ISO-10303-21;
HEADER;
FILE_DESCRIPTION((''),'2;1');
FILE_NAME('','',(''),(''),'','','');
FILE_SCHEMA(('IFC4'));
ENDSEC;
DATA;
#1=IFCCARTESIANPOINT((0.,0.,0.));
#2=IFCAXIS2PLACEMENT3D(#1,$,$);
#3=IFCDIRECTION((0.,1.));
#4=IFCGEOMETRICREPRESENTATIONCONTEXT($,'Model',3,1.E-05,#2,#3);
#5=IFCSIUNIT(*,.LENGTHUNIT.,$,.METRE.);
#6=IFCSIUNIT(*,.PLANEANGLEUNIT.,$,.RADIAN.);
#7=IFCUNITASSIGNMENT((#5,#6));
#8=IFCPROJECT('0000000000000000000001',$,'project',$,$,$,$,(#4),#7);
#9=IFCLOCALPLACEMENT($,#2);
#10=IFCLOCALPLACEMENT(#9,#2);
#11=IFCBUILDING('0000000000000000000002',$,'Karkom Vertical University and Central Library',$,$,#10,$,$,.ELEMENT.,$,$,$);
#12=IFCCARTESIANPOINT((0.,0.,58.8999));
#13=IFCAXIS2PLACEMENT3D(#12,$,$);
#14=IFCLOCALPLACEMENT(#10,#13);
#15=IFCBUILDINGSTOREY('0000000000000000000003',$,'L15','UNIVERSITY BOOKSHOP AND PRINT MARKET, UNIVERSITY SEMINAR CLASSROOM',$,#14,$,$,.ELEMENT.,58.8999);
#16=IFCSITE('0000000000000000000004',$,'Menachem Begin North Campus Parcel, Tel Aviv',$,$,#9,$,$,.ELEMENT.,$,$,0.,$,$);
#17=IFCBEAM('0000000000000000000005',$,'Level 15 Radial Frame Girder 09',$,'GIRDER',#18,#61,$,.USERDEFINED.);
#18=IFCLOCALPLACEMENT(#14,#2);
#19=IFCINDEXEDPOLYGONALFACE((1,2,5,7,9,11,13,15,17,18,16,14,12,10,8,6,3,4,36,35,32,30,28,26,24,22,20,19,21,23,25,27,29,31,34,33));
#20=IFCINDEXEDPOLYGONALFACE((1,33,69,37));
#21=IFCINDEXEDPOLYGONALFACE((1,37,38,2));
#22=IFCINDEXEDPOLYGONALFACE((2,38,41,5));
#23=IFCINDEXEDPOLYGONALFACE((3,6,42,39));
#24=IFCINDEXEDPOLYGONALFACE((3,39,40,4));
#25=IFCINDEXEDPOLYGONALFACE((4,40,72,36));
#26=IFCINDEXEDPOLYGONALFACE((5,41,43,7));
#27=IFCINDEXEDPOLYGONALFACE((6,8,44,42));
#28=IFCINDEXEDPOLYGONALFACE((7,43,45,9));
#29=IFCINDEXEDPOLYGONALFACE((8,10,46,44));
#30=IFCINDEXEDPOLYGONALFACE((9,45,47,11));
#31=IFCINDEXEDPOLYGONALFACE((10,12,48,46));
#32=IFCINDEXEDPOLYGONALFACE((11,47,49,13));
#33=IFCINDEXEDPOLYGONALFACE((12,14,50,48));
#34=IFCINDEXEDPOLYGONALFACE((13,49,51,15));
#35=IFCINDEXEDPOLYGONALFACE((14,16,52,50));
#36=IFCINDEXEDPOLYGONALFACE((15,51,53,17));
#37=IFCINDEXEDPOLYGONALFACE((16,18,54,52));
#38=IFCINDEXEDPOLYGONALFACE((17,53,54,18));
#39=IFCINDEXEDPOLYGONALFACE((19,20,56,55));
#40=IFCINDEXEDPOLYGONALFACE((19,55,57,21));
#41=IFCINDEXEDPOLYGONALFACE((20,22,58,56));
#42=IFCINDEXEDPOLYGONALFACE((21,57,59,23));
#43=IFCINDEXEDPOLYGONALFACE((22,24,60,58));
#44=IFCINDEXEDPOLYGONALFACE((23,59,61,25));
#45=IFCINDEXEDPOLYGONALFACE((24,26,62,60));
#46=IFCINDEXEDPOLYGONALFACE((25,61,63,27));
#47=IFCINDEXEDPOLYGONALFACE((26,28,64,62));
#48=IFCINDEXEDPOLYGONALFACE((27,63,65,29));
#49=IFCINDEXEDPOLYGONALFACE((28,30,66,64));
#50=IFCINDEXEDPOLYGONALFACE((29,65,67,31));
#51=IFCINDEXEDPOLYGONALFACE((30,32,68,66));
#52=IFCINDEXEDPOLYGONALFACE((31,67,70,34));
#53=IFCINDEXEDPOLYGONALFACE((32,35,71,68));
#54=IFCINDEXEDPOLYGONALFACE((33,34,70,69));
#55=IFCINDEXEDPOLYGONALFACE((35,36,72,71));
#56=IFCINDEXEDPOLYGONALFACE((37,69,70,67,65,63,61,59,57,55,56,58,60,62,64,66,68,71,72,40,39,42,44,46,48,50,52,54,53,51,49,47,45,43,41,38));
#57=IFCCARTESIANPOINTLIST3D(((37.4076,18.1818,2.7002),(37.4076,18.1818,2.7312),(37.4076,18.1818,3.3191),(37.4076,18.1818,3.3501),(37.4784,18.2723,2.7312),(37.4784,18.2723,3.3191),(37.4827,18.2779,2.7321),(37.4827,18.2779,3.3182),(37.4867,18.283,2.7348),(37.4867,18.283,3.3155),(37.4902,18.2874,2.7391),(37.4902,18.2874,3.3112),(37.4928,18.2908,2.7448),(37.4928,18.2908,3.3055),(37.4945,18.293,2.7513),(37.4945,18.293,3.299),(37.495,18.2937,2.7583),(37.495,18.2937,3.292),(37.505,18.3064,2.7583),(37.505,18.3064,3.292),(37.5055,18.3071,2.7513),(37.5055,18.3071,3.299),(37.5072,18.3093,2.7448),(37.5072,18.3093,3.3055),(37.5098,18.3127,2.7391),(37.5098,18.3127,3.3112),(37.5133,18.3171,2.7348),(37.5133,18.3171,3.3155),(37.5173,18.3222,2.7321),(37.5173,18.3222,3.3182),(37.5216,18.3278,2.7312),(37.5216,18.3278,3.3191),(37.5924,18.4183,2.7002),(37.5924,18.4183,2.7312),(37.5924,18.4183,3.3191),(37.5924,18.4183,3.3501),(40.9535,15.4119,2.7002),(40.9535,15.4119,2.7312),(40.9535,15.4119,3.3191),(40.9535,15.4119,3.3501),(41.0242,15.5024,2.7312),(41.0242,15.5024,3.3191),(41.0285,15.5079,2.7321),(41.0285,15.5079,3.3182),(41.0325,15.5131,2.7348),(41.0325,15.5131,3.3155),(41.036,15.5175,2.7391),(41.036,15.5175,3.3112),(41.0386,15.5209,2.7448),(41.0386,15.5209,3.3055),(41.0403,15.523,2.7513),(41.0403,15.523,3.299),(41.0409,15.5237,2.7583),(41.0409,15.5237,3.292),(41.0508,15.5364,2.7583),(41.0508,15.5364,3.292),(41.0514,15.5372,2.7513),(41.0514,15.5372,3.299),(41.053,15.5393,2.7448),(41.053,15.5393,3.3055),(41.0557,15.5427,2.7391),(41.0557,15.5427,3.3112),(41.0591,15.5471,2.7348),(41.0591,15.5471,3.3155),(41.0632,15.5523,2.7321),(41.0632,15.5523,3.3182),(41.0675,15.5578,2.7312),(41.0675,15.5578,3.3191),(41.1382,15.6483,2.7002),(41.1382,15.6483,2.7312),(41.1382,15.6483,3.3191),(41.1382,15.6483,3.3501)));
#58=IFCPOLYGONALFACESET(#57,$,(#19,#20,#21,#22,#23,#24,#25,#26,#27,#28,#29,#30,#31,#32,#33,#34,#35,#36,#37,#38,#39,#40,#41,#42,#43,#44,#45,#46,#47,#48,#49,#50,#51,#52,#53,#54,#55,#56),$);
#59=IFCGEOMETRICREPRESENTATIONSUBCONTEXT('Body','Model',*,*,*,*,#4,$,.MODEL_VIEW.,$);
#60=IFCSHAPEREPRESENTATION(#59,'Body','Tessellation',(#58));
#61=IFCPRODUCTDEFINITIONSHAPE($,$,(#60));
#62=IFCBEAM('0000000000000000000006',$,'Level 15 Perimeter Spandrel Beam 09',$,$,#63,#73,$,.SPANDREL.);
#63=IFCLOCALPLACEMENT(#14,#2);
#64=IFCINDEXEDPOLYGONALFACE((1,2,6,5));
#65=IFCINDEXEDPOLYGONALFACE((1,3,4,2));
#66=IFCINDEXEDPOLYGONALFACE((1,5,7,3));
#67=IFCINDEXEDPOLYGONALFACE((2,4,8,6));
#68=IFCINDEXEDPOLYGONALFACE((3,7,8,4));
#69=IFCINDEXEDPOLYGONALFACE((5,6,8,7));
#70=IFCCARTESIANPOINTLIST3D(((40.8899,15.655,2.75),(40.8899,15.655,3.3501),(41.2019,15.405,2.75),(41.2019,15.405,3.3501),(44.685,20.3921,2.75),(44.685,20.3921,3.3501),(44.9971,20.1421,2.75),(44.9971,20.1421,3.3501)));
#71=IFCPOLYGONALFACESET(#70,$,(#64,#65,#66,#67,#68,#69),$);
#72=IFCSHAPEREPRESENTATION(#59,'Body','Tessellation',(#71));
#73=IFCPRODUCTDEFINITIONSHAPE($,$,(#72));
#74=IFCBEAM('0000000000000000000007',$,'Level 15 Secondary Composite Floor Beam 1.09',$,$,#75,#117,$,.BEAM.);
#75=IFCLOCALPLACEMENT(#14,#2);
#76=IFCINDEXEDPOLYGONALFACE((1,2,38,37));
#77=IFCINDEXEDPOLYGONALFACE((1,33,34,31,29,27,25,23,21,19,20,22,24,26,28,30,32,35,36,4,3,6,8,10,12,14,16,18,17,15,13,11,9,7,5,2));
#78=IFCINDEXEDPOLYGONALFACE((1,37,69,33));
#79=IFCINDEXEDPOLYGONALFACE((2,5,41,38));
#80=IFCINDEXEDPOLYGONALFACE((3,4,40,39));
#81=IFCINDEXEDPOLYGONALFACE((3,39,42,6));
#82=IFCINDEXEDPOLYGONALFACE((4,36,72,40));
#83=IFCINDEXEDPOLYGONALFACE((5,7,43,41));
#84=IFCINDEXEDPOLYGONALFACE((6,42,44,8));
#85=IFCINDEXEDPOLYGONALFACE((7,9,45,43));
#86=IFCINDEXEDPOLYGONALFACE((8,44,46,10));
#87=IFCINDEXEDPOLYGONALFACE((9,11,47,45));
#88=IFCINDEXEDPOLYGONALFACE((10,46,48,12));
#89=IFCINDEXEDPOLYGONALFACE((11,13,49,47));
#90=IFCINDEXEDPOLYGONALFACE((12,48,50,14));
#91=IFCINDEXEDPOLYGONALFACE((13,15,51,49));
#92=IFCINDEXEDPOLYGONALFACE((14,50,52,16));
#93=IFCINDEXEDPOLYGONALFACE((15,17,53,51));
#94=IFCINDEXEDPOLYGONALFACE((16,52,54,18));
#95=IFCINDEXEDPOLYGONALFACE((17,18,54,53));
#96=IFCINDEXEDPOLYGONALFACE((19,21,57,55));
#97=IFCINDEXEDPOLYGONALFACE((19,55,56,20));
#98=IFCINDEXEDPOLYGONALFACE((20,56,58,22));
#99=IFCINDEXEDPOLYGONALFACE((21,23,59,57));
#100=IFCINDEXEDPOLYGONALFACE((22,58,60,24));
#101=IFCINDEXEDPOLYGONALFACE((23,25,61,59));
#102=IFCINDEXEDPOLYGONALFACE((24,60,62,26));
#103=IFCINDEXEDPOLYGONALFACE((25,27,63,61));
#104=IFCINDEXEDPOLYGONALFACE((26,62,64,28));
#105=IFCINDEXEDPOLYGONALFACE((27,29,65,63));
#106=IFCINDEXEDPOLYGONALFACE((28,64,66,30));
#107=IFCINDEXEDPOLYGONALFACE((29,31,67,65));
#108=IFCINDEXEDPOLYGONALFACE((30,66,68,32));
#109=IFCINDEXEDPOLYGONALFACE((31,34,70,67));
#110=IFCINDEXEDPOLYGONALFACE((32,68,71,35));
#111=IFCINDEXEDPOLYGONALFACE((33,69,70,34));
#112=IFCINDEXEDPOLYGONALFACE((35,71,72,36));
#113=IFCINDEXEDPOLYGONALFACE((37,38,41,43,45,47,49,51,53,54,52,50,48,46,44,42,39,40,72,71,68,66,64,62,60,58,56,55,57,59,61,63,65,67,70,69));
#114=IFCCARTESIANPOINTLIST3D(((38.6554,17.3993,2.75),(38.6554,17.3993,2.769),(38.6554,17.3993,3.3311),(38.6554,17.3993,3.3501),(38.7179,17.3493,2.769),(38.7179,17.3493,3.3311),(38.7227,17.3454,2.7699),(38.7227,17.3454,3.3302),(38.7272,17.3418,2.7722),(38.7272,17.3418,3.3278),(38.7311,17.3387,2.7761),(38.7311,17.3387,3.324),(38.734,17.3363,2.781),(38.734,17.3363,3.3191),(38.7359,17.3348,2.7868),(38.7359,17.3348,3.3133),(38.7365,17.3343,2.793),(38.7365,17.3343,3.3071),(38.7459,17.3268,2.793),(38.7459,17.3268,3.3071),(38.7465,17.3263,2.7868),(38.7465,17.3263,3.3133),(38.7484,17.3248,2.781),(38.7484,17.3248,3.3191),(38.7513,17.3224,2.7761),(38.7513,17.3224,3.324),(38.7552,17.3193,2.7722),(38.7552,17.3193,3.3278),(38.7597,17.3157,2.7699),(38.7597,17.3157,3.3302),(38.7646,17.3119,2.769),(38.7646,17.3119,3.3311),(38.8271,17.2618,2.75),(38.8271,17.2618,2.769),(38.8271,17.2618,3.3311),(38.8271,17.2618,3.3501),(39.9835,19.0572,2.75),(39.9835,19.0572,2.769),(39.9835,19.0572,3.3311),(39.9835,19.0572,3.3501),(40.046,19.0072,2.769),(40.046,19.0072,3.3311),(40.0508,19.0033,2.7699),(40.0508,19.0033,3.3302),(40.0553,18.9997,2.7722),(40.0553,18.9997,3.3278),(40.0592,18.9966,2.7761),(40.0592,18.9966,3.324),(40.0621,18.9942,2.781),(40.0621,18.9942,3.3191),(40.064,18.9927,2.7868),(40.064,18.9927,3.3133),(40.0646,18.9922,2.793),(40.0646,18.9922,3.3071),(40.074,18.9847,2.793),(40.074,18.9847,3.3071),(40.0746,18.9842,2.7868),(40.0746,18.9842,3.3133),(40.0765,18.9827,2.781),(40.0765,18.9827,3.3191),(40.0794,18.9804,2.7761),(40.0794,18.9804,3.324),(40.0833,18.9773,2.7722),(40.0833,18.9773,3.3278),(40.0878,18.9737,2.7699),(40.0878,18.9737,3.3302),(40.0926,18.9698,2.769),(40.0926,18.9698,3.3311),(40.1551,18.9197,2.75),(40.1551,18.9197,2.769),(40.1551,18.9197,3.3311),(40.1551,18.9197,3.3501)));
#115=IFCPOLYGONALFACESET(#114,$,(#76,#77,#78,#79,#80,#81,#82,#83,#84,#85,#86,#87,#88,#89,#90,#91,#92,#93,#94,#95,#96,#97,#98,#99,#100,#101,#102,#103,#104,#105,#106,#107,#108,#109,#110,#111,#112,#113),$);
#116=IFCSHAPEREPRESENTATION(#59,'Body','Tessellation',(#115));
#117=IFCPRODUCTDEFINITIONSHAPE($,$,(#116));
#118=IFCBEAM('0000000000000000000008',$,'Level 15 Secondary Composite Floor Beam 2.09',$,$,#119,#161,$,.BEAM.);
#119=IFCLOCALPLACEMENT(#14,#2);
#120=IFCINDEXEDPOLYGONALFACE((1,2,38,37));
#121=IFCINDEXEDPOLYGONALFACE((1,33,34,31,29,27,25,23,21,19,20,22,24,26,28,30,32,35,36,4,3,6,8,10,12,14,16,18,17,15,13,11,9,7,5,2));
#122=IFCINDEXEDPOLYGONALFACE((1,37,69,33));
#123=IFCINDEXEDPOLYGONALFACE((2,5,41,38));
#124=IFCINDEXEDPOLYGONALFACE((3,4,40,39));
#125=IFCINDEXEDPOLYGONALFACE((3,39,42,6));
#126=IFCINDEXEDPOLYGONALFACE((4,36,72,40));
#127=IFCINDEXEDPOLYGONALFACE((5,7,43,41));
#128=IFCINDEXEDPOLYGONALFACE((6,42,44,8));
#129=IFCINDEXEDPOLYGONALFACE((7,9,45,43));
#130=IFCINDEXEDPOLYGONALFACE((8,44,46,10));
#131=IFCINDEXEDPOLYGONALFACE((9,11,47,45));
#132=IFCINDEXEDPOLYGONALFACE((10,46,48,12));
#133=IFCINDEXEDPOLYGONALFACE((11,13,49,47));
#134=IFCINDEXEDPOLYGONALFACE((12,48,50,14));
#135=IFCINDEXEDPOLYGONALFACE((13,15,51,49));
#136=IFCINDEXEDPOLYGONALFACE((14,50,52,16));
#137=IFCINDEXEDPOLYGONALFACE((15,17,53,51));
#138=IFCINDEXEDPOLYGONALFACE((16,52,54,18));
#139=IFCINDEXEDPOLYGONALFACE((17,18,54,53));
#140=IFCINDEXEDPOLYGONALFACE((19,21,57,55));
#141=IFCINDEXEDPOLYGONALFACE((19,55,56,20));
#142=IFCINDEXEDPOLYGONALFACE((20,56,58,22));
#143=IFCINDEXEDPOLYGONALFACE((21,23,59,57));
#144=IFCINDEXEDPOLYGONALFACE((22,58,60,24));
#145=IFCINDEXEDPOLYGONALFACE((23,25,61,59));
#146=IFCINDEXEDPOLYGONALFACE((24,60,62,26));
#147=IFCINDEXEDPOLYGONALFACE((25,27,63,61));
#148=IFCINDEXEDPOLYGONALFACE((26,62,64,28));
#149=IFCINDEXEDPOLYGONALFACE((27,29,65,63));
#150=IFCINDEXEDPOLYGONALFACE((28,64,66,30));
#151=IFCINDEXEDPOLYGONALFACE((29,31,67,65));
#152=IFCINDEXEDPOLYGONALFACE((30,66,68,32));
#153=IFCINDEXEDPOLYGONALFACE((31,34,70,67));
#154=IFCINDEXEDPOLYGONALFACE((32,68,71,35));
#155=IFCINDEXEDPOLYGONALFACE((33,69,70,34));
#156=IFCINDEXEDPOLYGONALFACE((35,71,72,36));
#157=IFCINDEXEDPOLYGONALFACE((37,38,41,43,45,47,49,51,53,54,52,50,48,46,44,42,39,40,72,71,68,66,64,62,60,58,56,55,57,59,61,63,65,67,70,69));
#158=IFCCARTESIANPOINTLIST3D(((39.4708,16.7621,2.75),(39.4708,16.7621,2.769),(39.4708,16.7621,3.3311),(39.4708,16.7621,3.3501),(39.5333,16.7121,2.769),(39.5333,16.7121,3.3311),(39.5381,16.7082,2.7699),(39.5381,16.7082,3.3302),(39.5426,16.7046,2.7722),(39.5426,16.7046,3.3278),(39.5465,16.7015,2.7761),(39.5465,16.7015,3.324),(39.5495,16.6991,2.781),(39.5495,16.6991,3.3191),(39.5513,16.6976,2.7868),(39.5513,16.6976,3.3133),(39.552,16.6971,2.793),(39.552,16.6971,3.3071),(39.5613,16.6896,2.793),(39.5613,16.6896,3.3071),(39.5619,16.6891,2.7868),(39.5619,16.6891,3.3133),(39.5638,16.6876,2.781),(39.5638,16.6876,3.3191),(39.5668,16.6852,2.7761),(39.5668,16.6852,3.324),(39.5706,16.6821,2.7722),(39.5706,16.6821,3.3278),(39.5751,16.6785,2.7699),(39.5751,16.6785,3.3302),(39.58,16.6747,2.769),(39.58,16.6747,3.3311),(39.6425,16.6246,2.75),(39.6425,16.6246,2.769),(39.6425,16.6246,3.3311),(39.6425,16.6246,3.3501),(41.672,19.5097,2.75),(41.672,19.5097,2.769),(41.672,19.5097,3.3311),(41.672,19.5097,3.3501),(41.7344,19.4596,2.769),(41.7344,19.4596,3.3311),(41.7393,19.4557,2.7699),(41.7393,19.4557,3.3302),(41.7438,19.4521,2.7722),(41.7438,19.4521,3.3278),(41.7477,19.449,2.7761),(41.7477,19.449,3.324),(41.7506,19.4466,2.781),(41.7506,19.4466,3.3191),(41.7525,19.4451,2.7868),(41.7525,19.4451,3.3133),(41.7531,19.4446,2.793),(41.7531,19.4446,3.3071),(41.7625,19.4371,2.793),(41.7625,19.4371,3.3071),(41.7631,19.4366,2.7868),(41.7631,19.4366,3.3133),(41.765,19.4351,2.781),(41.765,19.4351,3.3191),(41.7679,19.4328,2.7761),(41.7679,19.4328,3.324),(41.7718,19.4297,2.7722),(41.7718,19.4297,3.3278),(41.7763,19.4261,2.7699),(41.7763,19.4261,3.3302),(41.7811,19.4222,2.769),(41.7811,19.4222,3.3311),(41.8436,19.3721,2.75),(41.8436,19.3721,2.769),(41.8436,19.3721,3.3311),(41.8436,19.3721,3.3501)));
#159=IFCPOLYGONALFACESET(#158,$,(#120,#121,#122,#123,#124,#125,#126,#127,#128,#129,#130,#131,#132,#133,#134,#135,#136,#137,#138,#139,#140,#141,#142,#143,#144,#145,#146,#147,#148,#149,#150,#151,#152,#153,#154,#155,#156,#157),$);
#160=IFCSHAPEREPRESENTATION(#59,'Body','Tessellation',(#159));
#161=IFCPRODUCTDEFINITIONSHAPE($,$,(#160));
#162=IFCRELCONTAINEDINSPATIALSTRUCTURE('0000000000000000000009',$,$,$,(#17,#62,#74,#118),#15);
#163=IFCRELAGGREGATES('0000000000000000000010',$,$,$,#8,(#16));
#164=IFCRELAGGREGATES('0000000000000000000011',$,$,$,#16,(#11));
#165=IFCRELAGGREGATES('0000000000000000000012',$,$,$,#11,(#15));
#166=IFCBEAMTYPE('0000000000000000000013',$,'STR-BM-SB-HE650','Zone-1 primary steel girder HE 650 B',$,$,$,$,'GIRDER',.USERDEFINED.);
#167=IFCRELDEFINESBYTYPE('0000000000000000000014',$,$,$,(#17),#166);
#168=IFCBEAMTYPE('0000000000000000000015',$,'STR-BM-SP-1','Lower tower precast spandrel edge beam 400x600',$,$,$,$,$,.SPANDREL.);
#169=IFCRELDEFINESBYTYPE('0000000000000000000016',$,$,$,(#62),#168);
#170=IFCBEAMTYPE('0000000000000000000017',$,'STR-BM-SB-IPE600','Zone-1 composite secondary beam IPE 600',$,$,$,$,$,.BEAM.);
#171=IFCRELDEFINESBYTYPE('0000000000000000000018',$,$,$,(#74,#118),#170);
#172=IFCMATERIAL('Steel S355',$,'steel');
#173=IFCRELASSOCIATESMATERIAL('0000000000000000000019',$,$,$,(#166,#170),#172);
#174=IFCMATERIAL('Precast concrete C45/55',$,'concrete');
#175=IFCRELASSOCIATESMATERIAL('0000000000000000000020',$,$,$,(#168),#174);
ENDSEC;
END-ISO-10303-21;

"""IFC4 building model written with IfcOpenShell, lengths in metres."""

from ifc_helpers import new_model, si_unit, direction, frame, origin, origin_with_axes, origin_2d, place, context, subcontext, project, spatial, rectangle, i_section, extrude, source, transform, mapped, material, material_profile, profile_set, type_object, element, save


model = new_model("IFC4")

# Units and contexts
model_context = context("Model", 3, precision=1e-05, world=origin(), true_north=direction((0.0, 1.0)))
body_context = subcontext(model_context, "Body", "Model", "MODEL_VIEW")
ifc_project = project(units=[si_unit("LENGTHUNIT", "METRE"), si_unit("PLANEANGLEUNIT", "RADIAN")], contexts=[model_context])

# Site, building, storey
site_placement = place(None, origin())
site = spatial("IfcSite", under=ifc_project, at=site_placement, Name="Menachem Begin North Campus Parcel, Tel Aviv", CompositionType="ELEMENT", RefElevation=0.0)
building_placement = place(site_placement, origin())
building = spatial("IfcBuilding", under=site, at=building_placement, Name="Karkom Vertical University and Central Library", CompositionType="ELEMENT")
storey_placement = place(building_placement, frame((0.0, 0.0, 58.8999)))
storey = spatial("IfcBuildingStorey", under=building, at=storey_placement, Name="L15", Description="UNIVERSITY BOOKSHOP AND PRINT MARKET, UNIVERSITY SEMINAR CLASSROOM", CompositionType="ELEMENT", Elevation=58.8999)

# Beams
ifc_material_1 = material(Name="Steel S355", Category="steel")
ifc_material_profile_1 = material_profile(ifc_material_1, i_section(OverallWidth=0.3, OverallDepth=0.6499, WebThickness=0.0161, FlangeThickness=0.031, FilletRadius=0.0271, at=origin_2d()), Name="HE 650 B")
ifc_profile_set_1 = profile_set([ifc_material_profile_1], Name="Steel S355")
beam_type_1 = type_object("IfcBeamType", Name="STR-BM-SB-HE650", Description="Zone-1 primary steel girder HE 650 B", ElementType="GIRDER", PredefinedType="USERDEFINED", material=ifc_profile_set_1)
shared_shape_1 = source(origin_with_axes(), body_context, "Body", "SweptSolid", [
    extrude(i_section(OverallWidth=0.3, OverallDepth=0.6499, WebThickness=0.0161, FlangeThickness=0.031, FilletRadius=0.0271, at=origin_2d()), origin(), (0.0, 0.0, 1.0), 4.4995),
])
beam_1_placement = place(storey_placement, frame((37.5, 18.3, 3.0251), z_axis=(0.788047, -0.615615, 0.0), x_axis=(0.615615, 0.788047, 0.0)))
element("IfcBeam", 1, at=beam_1_placement, inside=storey, type_object=beam_type_1, Name="Level 15 Radial Frame Girder 09", ObjectType="GIRDER", PredefinedType="USERDEFINED", context=body_context, shape_type="MappedRepresentation", body=[
    mapped(shared_shape_1, transform((0.0, 0.0, 0.0), scale=1.0)),
])
ifc_material_2 = material(Name="Precast concrete C45/55", Category="concrete")
ifc_material_profile_2 = material_profile(ifc_material_2, rectangle(XDim=0.3999, YDim=0.6001, at=origin_2d()), Name="SPB-400x600")
ifc_profile_set_2 = profile_set([ifc_material_profile_2], Name="Precast concrete C45/55")
beam_type_2 = type_object("IfcBeamType", Name="STR-BM-SP-1", Description="Lower tower precast spandrel edge beam 400x600", PredefinedType="SPANDREL", material=ifc_profile_set_2)
shared_shape_2 = source(origin_with_axes(), body_context, "Body", "SweptSolid", [
    extrude(rectangle(XDim=0.3999, YDim=0.6001, at=origin_2d()), origin(), (0.0, 0.0, 1.0), 6.0698),
])
beam_2_placement = place(storey_placement, frame((41.0459, 15.53, 3.05), z_axis=(0.625249, 0.780425, 0.0), x_axis=(-0.780425, 0.625249, 0.0)))
element("IfcBeam", 2, at=beam_2_placement, inside=storey, type_object=beam_type_2, Name="Level 15 Perimeter Spandrel Beam 09", PredefinedType="SPANDREL", context=body_context, shape_type="MappedRepresentation", body=[
    mapped(shared_shape_2, transform((0.0, 0.0, 0.0), scale=1.0)),
])
ifc_material_profile_3 = material_profile(ifc_material_1, i_section(OverallWidth=0.22, OverallDepth=0.6001, WebThickness=0.012, FlangeThickness=0.019, FilletRadius=0.0239, at=origin_2d()), Name="IPE 600")
ifc_profile_set_3 = profile_set([ifc_material_profile_3], Name="Steel S355")
beam_type_3 = type_object("IfcBeamType", Name="STR-BM-SB-IPE600", Description="Zone-1 composite secondary beam IPE 600", PredefinedType="BEAM", material=ifc_profile_set_3)
shared_shape_3 = source(origin_with_axes(), body_context, "Body", "SweptSolid", [
    extrude(i_section(OverallWidth=0.22, OverallDepth=0.6001, WebThickness=0.012, FlangeThickness=0.019, FilletRadius=0.0239, at=origin_2d()), origin(), (0.0, 0.0, 1.0), 2.1243),
])
beam_3_placement = place(storey_placement, frame((38.7412, 17.3306, 3.05), z_axis=(0.625199, 0.780465, 0.0), x_axis=(-0.780465, 0.625199, 0.0)))
element("IfcBeam", 3, at=beam_3_placement, inside=storey, type_object=beam_type_3, Name="Level 15 Secondary Composite Floor Beam 1.09", PredefinedType="BEAM", context=body_context, shape_type="MappedRepresentation", body=[
    mapped(shared_shape_3, transform((0.0, 0.0, 0.0), scale=1.0)),
])
shared_shape_4 = source(origin_with_axes(), body_context, "Body", "SweptSolid", [
    extrude(i_section(OverallWidth=0.22, OverallDepth=0.6001, WebThickness=0.012, FlangeThickness=0.019, FilletRadius=0.0239, at=origin_2d()), origin(), (0.0, 0.0, 1.0), 3.5205),
])
beam_4_placement = place(storey_placement, frame((39.5566, 16.6934, 3.05), z_axis=(0.625236, 0.780436, 0.0), x_axis=(-0.780436, 0.625236, 0.0)))
element("IfcBeam", 4, at=beam_4_placement, inside=storey, type_object=beam_type_3, Name="Level 15 Secondary Composite Floor Beam 2.09", PredefinedType="BEAM", context=body_context, shape_type="MappedRepresentation", body=[
    mapped(shared_shape_4, transform((0.0, 0.0, 0.0), scale=1.0)),
])

save(model, "model.ifc")
